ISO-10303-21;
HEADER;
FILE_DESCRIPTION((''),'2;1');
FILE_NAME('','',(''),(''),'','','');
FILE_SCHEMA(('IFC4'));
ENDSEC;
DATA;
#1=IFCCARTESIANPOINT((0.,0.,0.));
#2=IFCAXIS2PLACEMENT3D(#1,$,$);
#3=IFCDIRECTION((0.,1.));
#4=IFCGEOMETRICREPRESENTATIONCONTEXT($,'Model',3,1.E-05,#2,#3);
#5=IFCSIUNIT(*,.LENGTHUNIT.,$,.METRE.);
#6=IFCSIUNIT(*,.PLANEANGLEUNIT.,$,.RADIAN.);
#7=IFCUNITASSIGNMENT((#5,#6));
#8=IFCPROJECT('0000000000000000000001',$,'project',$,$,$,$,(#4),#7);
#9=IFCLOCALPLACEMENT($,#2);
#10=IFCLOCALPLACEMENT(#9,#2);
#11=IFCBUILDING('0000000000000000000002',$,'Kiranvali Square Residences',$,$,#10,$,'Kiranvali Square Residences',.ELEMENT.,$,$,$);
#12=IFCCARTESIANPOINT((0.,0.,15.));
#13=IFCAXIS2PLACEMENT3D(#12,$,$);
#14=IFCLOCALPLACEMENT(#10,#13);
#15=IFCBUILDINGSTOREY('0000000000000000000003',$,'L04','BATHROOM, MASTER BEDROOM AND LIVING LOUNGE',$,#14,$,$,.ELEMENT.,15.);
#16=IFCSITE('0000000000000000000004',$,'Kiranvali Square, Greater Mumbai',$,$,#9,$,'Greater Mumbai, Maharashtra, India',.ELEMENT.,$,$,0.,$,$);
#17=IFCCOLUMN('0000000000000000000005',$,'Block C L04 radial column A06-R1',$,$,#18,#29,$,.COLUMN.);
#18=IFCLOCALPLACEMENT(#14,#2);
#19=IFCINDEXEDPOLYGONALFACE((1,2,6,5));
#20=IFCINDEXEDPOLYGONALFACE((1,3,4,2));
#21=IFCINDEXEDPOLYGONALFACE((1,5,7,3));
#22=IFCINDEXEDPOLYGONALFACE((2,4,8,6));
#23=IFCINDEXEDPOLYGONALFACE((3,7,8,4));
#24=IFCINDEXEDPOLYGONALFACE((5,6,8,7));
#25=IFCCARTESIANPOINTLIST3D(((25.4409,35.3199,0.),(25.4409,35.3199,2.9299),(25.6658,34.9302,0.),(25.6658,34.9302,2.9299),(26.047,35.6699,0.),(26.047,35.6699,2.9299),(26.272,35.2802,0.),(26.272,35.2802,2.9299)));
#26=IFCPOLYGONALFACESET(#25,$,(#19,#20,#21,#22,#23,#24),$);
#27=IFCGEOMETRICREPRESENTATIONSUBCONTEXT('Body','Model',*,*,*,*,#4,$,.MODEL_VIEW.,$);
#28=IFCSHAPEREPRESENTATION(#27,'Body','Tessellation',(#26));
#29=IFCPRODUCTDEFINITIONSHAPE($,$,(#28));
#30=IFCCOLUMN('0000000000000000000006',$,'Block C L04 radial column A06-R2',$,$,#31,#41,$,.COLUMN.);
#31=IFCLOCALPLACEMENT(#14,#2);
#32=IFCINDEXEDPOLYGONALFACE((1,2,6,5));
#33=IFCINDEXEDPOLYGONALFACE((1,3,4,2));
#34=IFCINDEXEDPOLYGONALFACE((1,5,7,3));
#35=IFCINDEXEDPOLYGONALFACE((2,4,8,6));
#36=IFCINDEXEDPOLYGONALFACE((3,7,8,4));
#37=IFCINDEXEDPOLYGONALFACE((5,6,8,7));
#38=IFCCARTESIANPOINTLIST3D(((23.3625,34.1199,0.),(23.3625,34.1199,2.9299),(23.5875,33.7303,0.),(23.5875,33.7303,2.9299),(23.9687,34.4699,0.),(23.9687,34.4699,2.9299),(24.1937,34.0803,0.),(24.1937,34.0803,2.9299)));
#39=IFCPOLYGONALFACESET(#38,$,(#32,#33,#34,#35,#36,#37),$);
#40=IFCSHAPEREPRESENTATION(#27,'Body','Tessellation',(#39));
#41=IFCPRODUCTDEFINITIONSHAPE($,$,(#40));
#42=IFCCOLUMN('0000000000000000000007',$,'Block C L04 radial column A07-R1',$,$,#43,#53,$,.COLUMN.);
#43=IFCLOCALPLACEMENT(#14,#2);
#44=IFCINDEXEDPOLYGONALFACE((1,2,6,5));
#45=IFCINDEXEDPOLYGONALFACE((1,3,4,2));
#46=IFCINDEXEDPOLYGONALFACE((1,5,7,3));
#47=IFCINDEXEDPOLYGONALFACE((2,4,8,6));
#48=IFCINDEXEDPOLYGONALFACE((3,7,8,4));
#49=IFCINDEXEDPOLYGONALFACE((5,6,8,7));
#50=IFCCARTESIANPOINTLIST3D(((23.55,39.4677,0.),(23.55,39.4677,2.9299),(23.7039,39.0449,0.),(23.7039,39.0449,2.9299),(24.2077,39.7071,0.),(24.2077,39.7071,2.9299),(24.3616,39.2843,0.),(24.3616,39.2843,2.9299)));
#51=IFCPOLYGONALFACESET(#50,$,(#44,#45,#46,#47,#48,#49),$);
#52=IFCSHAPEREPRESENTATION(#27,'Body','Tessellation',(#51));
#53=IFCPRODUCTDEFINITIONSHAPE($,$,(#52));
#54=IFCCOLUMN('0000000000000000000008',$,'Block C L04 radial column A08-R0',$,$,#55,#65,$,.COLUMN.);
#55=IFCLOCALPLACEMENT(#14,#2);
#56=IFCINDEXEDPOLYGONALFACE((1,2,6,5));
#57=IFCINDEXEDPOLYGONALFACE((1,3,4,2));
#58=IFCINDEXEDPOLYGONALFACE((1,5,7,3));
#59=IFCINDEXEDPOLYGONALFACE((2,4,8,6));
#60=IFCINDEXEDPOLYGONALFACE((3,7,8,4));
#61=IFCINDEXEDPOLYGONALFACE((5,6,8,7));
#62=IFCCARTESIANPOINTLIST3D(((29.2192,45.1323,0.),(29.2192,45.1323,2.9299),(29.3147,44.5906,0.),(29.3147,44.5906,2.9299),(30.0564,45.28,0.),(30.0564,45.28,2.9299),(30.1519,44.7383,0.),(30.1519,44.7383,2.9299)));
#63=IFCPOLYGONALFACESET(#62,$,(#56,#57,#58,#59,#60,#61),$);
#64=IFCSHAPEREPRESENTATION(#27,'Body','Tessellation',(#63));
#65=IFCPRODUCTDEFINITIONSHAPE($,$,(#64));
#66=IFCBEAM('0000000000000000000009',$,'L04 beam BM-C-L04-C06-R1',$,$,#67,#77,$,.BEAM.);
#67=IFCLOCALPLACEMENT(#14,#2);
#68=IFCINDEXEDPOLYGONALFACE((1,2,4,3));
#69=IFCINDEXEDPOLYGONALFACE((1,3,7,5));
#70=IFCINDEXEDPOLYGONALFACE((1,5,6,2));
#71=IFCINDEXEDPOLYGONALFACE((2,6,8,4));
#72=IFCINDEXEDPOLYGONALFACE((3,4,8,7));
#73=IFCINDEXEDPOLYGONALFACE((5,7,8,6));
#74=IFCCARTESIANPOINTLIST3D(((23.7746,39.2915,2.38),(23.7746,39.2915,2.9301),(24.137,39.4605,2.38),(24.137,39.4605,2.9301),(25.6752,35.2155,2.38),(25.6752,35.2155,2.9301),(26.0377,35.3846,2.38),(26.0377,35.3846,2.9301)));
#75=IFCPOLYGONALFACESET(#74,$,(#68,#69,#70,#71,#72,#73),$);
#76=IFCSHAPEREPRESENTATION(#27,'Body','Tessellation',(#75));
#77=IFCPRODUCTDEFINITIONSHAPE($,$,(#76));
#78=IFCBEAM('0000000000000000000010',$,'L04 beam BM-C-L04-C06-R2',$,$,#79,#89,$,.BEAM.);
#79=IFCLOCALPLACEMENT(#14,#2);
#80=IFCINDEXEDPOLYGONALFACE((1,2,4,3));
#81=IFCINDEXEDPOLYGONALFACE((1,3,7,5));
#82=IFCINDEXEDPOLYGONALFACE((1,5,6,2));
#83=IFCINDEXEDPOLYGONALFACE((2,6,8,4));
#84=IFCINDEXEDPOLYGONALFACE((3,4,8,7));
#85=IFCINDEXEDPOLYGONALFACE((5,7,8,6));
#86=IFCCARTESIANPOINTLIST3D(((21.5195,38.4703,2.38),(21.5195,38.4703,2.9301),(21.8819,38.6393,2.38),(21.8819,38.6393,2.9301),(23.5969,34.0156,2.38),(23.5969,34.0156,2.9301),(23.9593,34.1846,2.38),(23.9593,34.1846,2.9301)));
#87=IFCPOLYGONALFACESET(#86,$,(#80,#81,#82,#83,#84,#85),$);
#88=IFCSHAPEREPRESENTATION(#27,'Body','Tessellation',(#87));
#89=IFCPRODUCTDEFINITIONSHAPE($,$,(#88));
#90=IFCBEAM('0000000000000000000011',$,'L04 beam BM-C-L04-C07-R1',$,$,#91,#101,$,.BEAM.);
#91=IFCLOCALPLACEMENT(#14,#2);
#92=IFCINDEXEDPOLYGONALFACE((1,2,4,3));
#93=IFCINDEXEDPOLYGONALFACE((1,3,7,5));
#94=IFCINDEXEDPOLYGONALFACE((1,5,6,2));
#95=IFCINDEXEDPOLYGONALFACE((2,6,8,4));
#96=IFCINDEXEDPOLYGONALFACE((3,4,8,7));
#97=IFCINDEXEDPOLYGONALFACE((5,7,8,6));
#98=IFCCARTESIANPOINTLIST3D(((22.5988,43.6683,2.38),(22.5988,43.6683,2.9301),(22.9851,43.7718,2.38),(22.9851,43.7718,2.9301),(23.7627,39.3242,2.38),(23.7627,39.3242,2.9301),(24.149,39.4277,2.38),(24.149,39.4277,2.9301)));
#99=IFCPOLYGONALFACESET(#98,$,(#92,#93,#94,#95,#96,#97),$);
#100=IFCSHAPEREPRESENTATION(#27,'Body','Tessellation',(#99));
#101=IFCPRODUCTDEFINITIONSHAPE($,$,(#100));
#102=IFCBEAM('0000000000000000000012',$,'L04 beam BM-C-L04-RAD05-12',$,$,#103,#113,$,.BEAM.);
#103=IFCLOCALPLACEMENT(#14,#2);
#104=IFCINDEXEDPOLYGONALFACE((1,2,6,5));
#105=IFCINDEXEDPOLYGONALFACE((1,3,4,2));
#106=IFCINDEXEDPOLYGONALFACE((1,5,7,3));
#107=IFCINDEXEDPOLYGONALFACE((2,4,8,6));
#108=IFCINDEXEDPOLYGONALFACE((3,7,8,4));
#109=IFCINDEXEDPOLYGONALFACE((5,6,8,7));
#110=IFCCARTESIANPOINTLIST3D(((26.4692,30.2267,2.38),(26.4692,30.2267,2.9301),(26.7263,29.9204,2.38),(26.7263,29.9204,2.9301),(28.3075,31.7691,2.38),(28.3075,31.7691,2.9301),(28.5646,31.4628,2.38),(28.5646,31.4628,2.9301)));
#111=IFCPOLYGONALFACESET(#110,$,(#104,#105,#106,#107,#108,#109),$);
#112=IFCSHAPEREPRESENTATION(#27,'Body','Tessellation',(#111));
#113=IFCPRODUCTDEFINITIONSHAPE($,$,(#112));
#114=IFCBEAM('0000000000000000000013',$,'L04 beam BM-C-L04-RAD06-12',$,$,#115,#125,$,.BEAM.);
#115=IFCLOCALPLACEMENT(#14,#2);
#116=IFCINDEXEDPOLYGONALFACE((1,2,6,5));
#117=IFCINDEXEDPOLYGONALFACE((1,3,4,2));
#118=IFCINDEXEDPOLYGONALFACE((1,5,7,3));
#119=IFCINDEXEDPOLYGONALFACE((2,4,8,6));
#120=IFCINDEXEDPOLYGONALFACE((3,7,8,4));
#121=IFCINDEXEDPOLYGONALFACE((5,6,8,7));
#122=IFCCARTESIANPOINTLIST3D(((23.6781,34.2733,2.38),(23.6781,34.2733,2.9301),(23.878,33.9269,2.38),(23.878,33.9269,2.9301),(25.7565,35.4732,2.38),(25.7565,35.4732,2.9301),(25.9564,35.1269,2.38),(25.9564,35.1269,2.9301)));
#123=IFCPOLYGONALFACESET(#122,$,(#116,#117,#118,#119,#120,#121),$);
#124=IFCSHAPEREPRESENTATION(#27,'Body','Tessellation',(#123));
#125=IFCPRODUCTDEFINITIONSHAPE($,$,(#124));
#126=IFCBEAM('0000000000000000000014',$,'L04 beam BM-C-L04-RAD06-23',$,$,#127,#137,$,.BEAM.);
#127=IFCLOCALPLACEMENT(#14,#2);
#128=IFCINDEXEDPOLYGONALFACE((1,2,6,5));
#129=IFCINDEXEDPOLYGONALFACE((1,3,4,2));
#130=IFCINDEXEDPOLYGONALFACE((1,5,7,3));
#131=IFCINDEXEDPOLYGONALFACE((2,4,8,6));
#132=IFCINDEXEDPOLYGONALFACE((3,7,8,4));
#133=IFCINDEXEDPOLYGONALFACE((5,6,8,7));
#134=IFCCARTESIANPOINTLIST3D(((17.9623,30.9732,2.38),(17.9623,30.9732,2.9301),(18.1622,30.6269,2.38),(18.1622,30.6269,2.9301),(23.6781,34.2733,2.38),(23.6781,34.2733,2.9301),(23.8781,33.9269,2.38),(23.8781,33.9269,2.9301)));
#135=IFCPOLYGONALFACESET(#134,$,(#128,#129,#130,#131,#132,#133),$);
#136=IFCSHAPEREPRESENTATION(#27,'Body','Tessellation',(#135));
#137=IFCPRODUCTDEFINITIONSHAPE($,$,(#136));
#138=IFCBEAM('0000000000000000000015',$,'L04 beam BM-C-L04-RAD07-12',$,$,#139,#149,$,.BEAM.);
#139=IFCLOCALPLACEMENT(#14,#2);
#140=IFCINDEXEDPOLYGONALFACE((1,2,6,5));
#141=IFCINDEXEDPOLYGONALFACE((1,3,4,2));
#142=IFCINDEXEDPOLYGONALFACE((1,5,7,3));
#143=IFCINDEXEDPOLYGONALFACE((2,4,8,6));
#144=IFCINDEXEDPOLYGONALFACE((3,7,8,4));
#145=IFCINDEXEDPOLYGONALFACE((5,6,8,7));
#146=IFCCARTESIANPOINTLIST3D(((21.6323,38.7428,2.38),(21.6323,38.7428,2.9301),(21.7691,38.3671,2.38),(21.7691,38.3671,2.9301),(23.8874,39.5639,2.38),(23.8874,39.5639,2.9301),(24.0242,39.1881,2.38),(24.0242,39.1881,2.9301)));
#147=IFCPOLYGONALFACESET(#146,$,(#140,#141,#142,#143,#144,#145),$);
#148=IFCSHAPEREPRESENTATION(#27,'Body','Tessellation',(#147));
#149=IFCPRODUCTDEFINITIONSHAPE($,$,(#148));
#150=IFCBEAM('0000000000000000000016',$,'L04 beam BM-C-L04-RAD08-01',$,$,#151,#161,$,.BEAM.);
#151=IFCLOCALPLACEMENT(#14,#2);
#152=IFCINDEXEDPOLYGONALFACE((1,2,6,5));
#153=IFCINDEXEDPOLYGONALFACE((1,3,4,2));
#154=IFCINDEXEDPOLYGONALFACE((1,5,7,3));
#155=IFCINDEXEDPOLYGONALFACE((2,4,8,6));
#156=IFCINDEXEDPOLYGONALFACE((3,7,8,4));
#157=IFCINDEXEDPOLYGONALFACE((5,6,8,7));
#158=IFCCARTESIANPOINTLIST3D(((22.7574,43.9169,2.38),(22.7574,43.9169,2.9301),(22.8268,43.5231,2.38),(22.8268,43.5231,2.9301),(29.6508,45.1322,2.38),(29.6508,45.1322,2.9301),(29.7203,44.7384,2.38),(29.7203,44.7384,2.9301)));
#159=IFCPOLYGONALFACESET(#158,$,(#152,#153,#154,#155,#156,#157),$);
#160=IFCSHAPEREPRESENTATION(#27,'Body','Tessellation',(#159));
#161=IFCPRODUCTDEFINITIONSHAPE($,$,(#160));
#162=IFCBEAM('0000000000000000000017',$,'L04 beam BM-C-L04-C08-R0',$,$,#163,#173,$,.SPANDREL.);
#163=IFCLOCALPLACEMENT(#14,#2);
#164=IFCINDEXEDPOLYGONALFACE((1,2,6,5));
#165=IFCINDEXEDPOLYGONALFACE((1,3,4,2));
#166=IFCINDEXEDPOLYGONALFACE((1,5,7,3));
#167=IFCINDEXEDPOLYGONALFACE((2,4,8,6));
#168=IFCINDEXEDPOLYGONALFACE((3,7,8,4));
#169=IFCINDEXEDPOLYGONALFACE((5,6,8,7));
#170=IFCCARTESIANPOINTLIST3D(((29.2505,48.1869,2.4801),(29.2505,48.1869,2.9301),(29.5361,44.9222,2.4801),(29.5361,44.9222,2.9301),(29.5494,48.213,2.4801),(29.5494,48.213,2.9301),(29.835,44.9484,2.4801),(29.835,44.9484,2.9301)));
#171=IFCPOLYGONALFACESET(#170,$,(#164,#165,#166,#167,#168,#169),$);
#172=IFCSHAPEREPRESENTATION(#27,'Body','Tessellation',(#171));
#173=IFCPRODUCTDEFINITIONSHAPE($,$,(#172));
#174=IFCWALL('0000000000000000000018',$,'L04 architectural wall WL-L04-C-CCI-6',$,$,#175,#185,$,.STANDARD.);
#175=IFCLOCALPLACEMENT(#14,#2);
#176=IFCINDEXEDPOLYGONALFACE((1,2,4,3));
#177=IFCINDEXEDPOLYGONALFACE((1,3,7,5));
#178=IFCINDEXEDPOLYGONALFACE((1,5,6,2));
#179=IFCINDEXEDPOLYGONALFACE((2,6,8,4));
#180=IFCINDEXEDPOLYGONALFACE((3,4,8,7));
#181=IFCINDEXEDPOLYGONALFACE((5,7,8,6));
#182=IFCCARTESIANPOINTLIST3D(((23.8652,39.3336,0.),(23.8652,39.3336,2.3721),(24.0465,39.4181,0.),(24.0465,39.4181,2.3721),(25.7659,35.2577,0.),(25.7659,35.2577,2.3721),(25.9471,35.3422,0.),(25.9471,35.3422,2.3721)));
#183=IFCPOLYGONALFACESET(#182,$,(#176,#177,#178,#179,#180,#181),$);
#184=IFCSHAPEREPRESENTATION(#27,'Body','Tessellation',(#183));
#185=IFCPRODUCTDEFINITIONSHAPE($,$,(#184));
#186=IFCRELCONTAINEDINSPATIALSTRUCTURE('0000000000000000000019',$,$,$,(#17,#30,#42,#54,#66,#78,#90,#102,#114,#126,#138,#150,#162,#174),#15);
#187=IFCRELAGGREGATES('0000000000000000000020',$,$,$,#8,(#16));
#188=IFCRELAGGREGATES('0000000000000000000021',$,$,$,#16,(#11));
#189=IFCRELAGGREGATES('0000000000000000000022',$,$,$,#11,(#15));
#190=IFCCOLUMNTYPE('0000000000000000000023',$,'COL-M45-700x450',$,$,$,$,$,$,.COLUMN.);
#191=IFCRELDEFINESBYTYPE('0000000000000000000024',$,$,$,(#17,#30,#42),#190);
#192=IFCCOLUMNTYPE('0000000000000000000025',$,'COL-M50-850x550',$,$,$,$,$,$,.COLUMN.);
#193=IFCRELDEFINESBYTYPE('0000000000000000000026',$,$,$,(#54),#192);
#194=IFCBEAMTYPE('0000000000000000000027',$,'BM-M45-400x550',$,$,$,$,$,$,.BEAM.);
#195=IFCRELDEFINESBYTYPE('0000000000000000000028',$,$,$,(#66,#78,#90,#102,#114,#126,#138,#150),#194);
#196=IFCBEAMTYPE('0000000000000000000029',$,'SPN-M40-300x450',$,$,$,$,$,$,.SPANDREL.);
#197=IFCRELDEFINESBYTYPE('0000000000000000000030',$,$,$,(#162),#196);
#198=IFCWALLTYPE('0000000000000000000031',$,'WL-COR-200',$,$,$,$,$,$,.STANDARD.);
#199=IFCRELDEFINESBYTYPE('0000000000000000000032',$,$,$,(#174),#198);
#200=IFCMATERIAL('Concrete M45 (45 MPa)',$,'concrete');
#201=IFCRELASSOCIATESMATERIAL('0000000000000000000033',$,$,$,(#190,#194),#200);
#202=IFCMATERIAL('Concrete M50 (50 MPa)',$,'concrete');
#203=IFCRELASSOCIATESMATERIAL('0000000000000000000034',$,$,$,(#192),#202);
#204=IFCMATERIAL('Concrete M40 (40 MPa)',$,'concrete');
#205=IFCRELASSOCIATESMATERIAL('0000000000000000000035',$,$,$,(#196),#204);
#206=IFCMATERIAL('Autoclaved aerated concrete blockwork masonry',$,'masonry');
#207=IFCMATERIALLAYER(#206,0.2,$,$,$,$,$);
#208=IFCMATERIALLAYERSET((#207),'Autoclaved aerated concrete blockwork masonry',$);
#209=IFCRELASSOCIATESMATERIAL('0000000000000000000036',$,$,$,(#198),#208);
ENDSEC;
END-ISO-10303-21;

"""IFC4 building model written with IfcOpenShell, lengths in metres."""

from ifc_helpers import new_model, si_unit, direction, frame, frame_2d, origin, origin_2d, place, context, subcontext, project, spatial, rectangle, extrude, material, layer, layer_set, material_profile, profile_set, type_object, element, save


model = new_model("IFC4")

# Units and contexts
model_context = context("Model", 3, precision=1e-05, world=origin(), true_north=direction((0.0, 1.0)))
body_context = subcontext(model_context, "Body", "Model", "MODEL_VIEW")
ifc_project = project(units=[si_unit("LENGTHUNIT", "METRE"), si_unit("PLANEANGLEUNIT", "RADIAN")], contexts=[model_context])

# Site, building, storey
site_placement = place(None, origin())
site = spatial("IfcSite", under=ifc_project, at=site_placement, Name="Kiranvali Square, Greater Mumbai", LongName="Greater Mumbai, Maharashtra, India", CompositionType="ELEMENT", RefElevation=0.0)
building_placement = place(site_placement, origin())
building = spatial("IfcBuilding", under=site, at=building_placement, Name="Kiranvali Square Residences", LongName="Kiranvali Square Residences", CompositionType="ELEMENT")
storey_placement = place(building_placement, frame((0.0, 0.0, 15.0)))
storey = spatial("IfcBuildingStorey", under=building, at=storey_placement, Name="L04", Description="BATHROOM, MASTER BEDROOM AND LIVING LOUNGE", CompositionType="ELEMENT", Elevation=15.0)

# Columns
ifc_material_1 = material(Name="Concrete M45 (45 MPa)", Category="concrete")
ifc_material_profile_1 = material_profile(ifc_material_1, rectangle(XDim=0.45, YDim=0.7, at=origin_2d()), Name="RC 700x450")
ifc_profile_set_1 = profile_set([ifc_material_profile_1], Name="Concrete M45 (45 MPa)")
column_type_1 = type_object("IfcColumnType", Name="COL-M45-700x450", PredefinedType="COLUMN", material=ifc_profile_set_1)
for number, where, z_axis, x_axis, name in (
    (1, (25.8564, 35.3, 0.0), (0.0, 0.0, 1.0), (-0.5, 0.866025, 0.0), "Block C L04 radial column A06-R1"),
    (2, (23.7781, 34.1001, 0.0), (0.0, 0.0, 1.0), (-0.5, 0.866025, 0.0), "Block C L04 radial column A06-R2"),
    (3, (23.9558, 39.376, 0.0), (0.0, 0.0, 1.0), (-0.34202, 0.939693, 0.0), "Block C L04 radial column A07-R1"),
):
    element("IfcColumn", number, at=place(storey_placement, frame(where, z_axis=z_axis, x_axis=x_axis)), inside=storey, type_object=column_type_1, Name=name, PredefinedType="COLUMN", context=body_context, shape_type="SweptSolid", body=[
        extrude(rectangle(XDim=0.45, YDim=0.7, at=origin_2d()), origin(), (0.0, 0.0, 1.0), 2.9299),
    ])
ifc_material_2 = material(Name="Concrete M50 (50 MPa)", Category="concrete")
ifc_material_profile_2 = material_profile(ifc_material_2, rectangle(XDim=0.55, YDim=0.8501, at=origin_2d()), Name="RC 850x550")
ifc_profile_set_2 = profile_set([ifc_material_profile_2], Name="Concrete M50 (50 MPa)")
column_type_2 = type_object("IfcColumnType", Name="COL-M50-850x550", PredefinedType="COLUMN", material=ifc_profile_set_2)
column_placement = place(storey_placement, frame((29.6855, 44.9353, 0.0), z_axis=(0.0, 0.0, 1.0), x_axis=(-0.173648, 0.984808, 0.0)))
element("IfcColumn", 4, at=column_placement, inside=storey, type_object=column_type_2, Name="Block C L04 radial column A08-R0", PredefinedType="COLUMN", context=body_context, shape_type="SweptSolid", body=[
    extrude(rectangle(XDim=0.55, YDim=0.8501, at=origin_2d()), origin(), (0.0, 0.0, 1.0), 2.9299),
])

# Beams
ifc_material_profile_3 = material_profile(ifc_material_1, rectangle(XDim=0.3999, YDim=0.55, at=origin_2d()), Name="RC 400x550")
ifc_profile_set_3 = profile_set([ifc_material_profile_3], Name="Concrete M45 (45 MPa)")
beam_type_1 = type_object("IfcBeamType", Name="BM-M45-400x550", PredefinedType="BEAM", material=ifc_profile_set_3)
beam_1_placement = place(storey_placement, frame((25.8564, 35.3, 2.655), z_axis=(-0.422618, 0.906308, 0.0), x_axis=(-0.906308, -0.422618, 0.0)))
element("IfcBeam", 5, at=beam_1_placement, inside=storey, type_object=beam_type_1, Name="L04 beam BM-C-L04-C06-R1", PredefinedType="BEAM", context=body_context, shape_type="SweptSolid", body=[
    extrude(rectangle(XDim=0.3999, YDim=0.55, at=origin_2d()), origin(), (0.0, 0.0, 1.0), 4.4973),
])
beam_2_placement = place(storey_placement, frame((23.7781, 34.1001, 2.655), z_axis=(-0.42263, 0.906302, 0.0), x_axis=(-0.906302, -0.42263, 0.0)))
element("IfcBeam", 6, at=beam_2_placement, inside=storey, type_object=beam_type_1, Name="L04 beam BM-C-L04-C06-R2", PredefinedType="BEAM", context=body_context, shape_type="SweptSolid", body=[
    extrude(rectangle(XDim=0.3999, YDim=0.55, at=origin_2d()), origin(), (0.0, 0.0, 1.0), 4.9153),
])
beam_3_placement = place(storey_placement, frame((23.9558, 39.376, 2.655), z_axis=(-0.258788, 0.965934, 0.0), x_axis=(-0.965934, -0.258788, 0.0)))
element("IfcBeam", 7, at=beam_3_placement, inside=storey, type_object=beam_type_1, Name="L04 beam BM-C-L04-C07-R1", PredefinedType="BEAM", context=body_context, shape_type="SweptSolid", body=[
    extrude(rectangle(XDim=0.3999, YDim=0.55, at=origin_2d()), origin(), (0.0, 0.0, 1.0), 4.4973),
])
beam_4_placement = place(storey_placement, frame((28.436, 31.616, 2.655), z_axis=(-0.766065, -0.642763, 0.0), x_axis=(0.642763, -0.766065, 0.0)))
element("IfcBeam", 8, at=beam_4_placement, inside=storey, type_object=beam_type_1, Name="L04 beam BM-C-L04-RAD05-12", PredefinedType="BEAM", context=body_context, shape_type="SweptSolid", body=[
    extrude(rectangle(XDim=0.3999, YDim=0.55, at=origin_2d()), origin(), (0.0, 0.0, 1.0), 2.3997),
])
beam_5_placement = place(storey_placement, frame((25.8564, 35.3, 2.655), z_axis=(-0.866025, -0.500001, 0.0), x_axis=(0.500001, -0.866025, 0.0)))
element("IfcBeam", 9, at=beam_5_placement, inside=storey, type_object=beam_type_1, Name="L04 beam BM-C-L04-RAD06-12", PredefinedType="BEAM", context=body_context, shape_type="SweptSolid", body=[
    extrude(rectangle(XDim=0.3999, YDim=0.55, at=origin_2d()), origin(), (0.0, 0.0, 1.0), 2.3999),
])
beam_6_placement = place(storey_placement, frame((23.7781, 34.1001, 2.655), z_axis=(-0.866024, -0.500002, 0.0), x_axis=(0.500002, -0.866024, 0.0)))
element("IfcBeam", 10, at=beam_6_placement, inside=storey, type_object=beam_type_1, Name="L04 beam BM-C-L04-RAD06-23", PredefinedType="BEAM", context=body_context, shape_type="SweptSolid", body=[
    extrude(rectangle(XDim=0.3999, YDim=0.55, at=origin_2d()), origin(), (0.0, 0.0, 1.0), 6.6001),
])
beam_7_placement = place(storey_placement, frame((23.9558, 39.376, 2.655), z_axis=(-0.93966, -0.342111, 0.0), x_axis=(0.342111, -0.93966, 0.0)))
element("IfcBeam", 11, at=beam_7_placement, inside=storey, type_object=beam_type_1, Name="L04 beam BM-C-L04-RAD07-12", PredefinedType="BEAM", context=body_context, shape_type="SweptSolid", body=[
    extrude(rectangle(XDim=0.3999, YDim=0.55, at=origin_2d()), origin(), (0.0, 0.0, 1.0), 2.3999),
])
beam_8_placement = place(storey_placement, frame((29.6855, 44.9353, 2.655), z_axis=(-0.984812, -0.173622, 0.0), x_axis=(0.173622, -0.984812, 0.0)))
element("IfcBeam", 12, at=beam_8_placement, inside=storey, type_object=beam_type_1, Name="L04 beam BM-C-L04-RAD08-01", PredefinedType="BEAM", context=body_context, shape_type="SweptSolid", body=[
    extrude(rectangle(XDim=0.3999, YDim=0.55, at=origin_2d()), origin(), (0.0, 0.0, 1.0), 6.9998),
])
ifc_material_3 = material(Name="Concrete M40 (40 MPa)", Category="concrete")
ifc_material_profile_4 = material_profile(ifc_material_3, rectangle(XDim=0.3, YDim=0.45, at=origin_2d()), Name="RC 300x450")
ifc_profile_set_4 = profile_set([ifc_material_profile_4], Name="Concrete M40 (40 MPa)")
beam_type_2 = type_object("IfcBeamType", Name="SPN-M40-300x450", PredefinedType="SPANDREL", material=ifc_profile_set_4)
beam_9_placement = place(storey_placement, frame((29.6855, 44.9353, 2.7051), z_axis=(-0.087163, 0.996194, 0.0), x_axis=(-0.996194, -0.087163, 0.0)))
element("IfcBeam", 13, at=beam_9_placement, inside=storey, type_object=beam_type_2, Name="L04 beam BM-C-L04-C08-R0", PredefinedType="SPANDREL", context=body_context, shape_type="SweptSolid", body=[
    extrude(rectangle(XDim=0.3, YDim=0.45, at=origin_2d()), origin(), (0.0, 0.0, 1.0), 3.2771),
])

# Shared definitions
ifc_material_4 = material(Name="Autoclaved aerated concrete blockwork masonry", Category="masonry")
ifc_layer_1 = layer(ifc_material_4, 0.2)
ifc_layer_set_1 = layer_set([ifc_layer_1], Name="Autoclaved aerated concrete blockwork masonry")
wall_type_1 = type_object("IfcWallType", Name="WL-COR-200", PredefinedType="STANDARD", material=ifc_layer_set_1)

# Wall
wall_1_placement = place(storey_placement, frame((25.8564, 35.3, 0.0), z_axis=(0.0, 0.0, 1.0), x_axis=(-0.422618, 0.906308, 0.0)))
element("IfcWall", 14, at=wall_1_placement, inside=storey, type_object=wall_type_1, Name="L04 architectural wall WL-L04-C-CCI-6", PredefinedType="STANDARD", context=body_context, shape_type="SweptSolid", body=[
    extrude(rectangle(XDim=4.4973, YDim=0.2, at=frame_2d((2.2485, 0.0))), origin(), (0.0, 0.0, 1.0), 2.3721),
])

save(model, "model.ifc")
